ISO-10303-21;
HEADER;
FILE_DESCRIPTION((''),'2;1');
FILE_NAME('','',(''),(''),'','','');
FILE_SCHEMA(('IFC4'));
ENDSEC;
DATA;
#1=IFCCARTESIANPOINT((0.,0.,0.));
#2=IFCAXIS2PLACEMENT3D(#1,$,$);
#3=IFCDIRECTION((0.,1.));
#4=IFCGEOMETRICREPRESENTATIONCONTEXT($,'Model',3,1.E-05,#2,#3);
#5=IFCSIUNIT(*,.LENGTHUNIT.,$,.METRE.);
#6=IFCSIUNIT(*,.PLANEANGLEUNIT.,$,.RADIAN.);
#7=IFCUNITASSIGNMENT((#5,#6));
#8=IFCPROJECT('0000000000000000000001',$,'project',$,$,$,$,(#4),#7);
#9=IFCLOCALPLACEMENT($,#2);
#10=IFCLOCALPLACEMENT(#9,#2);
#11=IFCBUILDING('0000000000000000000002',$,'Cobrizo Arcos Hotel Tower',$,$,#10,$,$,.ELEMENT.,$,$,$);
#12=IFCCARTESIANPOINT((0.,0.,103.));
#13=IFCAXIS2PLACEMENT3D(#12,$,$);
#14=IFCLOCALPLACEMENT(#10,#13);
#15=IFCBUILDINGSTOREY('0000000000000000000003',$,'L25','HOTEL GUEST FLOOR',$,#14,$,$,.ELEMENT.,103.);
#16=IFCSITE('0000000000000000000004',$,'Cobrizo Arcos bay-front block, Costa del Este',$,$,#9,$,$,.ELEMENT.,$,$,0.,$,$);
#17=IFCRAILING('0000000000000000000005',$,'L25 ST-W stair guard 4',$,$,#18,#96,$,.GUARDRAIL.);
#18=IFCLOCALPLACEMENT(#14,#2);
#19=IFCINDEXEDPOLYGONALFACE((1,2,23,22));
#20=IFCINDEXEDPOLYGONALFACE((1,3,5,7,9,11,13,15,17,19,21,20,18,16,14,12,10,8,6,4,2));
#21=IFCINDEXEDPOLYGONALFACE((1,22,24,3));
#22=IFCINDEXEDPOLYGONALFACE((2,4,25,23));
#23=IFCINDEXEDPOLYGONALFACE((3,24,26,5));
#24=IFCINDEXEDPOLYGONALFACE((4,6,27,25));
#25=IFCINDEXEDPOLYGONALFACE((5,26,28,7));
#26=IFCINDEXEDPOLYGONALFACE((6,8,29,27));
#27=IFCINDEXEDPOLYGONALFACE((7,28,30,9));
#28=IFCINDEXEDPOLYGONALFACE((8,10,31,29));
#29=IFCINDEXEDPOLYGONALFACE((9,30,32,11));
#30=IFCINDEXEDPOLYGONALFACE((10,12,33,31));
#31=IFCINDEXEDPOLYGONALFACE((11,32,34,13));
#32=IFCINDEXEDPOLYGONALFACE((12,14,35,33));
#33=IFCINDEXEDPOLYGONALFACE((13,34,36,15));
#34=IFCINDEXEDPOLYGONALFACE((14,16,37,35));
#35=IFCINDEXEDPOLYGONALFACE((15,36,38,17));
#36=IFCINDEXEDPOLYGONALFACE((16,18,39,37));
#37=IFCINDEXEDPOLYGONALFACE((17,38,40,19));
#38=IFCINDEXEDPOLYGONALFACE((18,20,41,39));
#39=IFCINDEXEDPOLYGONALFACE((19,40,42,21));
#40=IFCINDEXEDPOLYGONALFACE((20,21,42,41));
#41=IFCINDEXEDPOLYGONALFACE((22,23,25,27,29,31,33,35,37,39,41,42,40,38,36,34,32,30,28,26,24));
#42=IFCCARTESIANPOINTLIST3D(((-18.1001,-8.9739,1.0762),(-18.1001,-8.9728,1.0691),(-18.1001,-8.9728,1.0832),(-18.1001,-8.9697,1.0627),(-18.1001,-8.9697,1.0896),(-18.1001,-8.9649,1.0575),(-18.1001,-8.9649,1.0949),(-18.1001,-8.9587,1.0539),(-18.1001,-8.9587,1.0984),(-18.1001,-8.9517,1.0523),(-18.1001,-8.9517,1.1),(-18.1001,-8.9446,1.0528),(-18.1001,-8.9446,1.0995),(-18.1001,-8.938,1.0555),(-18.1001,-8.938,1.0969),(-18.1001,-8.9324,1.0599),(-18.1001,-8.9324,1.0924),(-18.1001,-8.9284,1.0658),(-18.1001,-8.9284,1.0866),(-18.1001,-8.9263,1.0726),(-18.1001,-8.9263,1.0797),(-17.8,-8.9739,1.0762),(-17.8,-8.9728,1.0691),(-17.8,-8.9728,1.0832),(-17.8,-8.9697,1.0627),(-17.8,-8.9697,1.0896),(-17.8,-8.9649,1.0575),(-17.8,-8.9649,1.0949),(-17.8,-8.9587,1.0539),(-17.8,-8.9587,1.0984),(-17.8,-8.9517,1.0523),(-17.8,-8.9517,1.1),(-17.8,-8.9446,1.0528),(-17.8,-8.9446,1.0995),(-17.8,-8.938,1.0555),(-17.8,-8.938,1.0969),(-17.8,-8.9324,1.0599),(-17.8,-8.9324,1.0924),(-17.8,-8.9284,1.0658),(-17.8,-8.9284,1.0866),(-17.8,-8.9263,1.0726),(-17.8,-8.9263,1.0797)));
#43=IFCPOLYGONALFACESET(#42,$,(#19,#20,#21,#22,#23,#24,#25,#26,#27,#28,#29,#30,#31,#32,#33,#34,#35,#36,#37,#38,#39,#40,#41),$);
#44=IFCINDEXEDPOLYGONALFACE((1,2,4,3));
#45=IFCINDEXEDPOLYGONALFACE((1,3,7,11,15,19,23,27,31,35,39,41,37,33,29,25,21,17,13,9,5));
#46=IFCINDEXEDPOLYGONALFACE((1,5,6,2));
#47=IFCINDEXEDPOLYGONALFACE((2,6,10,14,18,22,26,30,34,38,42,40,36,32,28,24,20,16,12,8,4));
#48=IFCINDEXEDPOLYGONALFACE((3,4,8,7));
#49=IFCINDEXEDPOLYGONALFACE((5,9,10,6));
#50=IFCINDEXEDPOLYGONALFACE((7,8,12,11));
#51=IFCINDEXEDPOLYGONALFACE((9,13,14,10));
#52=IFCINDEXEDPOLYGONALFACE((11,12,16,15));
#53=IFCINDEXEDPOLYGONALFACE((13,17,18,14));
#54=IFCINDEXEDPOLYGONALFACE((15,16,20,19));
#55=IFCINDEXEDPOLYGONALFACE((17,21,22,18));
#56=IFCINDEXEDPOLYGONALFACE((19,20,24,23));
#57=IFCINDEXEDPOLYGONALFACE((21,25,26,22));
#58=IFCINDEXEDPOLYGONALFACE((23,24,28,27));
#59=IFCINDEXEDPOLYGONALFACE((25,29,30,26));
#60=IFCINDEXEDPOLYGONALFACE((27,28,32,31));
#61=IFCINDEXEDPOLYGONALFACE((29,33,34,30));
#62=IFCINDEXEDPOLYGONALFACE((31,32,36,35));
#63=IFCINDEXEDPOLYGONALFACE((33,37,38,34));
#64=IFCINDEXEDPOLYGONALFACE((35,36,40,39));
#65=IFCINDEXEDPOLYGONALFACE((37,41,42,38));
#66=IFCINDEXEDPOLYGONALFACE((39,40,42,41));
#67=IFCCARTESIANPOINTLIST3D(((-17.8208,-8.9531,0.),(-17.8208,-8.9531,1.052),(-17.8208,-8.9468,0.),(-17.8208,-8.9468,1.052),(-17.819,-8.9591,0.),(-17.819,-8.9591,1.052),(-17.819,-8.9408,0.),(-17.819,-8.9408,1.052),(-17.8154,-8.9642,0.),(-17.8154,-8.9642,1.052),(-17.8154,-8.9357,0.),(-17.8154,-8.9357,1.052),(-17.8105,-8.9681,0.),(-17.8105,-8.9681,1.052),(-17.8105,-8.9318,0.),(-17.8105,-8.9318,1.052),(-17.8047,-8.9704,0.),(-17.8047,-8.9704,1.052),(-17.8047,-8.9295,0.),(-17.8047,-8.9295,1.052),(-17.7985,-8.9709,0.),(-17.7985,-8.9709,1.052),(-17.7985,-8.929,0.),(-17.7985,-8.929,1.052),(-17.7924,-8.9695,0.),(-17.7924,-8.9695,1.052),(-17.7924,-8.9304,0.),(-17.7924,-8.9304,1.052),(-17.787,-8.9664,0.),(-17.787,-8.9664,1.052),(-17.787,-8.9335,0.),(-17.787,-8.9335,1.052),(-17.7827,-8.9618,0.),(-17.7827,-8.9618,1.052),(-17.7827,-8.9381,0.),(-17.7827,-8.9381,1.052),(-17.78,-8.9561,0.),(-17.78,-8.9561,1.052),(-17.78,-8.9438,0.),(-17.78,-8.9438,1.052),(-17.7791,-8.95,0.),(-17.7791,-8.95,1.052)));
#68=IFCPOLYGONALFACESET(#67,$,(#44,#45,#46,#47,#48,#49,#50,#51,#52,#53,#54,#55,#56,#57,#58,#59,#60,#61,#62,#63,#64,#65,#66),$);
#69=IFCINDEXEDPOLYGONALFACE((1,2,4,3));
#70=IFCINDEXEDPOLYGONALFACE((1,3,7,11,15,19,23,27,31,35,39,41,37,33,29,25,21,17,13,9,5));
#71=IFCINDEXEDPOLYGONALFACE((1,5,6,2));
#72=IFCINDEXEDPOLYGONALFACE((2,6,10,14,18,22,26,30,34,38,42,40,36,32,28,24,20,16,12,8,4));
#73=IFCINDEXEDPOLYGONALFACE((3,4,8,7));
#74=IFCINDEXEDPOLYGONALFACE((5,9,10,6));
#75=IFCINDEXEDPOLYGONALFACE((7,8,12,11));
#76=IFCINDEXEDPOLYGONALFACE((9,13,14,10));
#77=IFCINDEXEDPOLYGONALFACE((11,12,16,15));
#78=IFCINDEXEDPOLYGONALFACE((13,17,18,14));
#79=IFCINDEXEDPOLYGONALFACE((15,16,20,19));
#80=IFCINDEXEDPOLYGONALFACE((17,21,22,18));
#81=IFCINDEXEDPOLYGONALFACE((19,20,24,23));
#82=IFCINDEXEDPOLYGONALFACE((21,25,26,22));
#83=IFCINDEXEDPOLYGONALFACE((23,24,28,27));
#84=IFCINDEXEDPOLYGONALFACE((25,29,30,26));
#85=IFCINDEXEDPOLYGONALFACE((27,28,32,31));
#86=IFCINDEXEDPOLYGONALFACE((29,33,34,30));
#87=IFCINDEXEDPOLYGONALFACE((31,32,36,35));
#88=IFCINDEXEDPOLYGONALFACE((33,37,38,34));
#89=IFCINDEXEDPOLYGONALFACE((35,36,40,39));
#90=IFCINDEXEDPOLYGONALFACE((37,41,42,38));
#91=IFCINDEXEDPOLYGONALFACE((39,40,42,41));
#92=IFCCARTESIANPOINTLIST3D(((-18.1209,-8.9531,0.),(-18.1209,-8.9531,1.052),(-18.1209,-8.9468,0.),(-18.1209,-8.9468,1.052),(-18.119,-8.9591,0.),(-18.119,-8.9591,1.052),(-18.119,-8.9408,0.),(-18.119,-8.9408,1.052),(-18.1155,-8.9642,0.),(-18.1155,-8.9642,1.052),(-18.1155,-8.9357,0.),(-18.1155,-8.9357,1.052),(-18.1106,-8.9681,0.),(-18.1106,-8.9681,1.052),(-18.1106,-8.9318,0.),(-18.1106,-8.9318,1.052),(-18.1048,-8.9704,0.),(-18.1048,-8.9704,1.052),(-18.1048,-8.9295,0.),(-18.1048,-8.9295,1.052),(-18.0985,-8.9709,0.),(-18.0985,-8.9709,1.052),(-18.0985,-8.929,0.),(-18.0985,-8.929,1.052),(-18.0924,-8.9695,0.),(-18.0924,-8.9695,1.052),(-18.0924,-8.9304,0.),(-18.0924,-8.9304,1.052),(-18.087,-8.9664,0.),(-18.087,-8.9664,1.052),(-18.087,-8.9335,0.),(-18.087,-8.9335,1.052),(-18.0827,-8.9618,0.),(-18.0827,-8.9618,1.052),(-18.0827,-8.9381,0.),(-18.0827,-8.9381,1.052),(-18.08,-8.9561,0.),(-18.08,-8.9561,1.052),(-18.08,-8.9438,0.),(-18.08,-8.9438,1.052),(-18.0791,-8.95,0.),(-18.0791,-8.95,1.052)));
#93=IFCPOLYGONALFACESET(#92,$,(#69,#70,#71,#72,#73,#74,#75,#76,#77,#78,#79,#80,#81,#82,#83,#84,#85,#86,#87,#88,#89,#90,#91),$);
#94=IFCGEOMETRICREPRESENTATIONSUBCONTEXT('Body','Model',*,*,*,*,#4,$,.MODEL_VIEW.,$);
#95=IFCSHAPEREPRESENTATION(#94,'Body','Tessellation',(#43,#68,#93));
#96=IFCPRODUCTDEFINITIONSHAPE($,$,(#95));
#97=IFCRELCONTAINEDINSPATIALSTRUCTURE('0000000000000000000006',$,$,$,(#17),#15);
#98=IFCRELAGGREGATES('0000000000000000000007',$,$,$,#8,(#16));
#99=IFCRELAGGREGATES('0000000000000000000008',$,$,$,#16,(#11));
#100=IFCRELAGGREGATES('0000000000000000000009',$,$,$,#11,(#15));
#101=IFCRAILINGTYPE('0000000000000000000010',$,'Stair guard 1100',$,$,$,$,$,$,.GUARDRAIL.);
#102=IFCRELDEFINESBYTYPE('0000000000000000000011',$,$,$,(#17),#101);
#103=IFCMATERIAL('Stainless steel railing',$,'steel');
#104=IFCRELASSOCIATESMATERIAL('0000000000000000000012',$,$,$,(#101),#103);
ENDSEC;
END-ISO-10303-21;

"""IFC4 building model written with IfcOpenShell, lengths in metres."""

from ifc_helpers import new_model, si_unit, direction, frame, origin, origin_2d, place, context, subcontext, project, spatial, circle, extrude, material, type_object, element, save


model = new_model("IFC4")

# Units and contexts
model_context = context("Model", 3, precision=1e-05, world=origin(), true_north=direction((0.0, 1.0)))
body_context = subcontext(model_context, "Body", "Model", "MODEL_VIEW")
ifc_project = project(units=[si_unit("LENGTHUNIT", "METRE"), si_unit("PLANEANGLEUNIT", "RADIAN")], contexts=[model_context])

# Site, building, storey
site_placement = place(None, origin())
site = spatial("IfcSite", under=ifc_project, at=site_placement, Name="Cobrizo Arcos bay-front block, Costa del Este", CompositionType="ELEMENT", RefElevation=0.0)
building_placement = place(site_placement, origin())
building = spatial("IfcBuilding", under=site, at=building_placement, Name="Cobrizo Arcos Hotel Tower", CompositionType="ELEMENT")
storey_placement = place(building_placement, frame((0.0, 0.0, 103.0)))
storey = spatial("IfcBuildingStorey", under=building, at=storey_placement, Name="L25", Description="HOTEL GUEST FLOOR", CompositionType="ELEMENT", Elevation=103.0)

# Railing
ifc_material_1 = material(Name="Stainless steel railing", Category="steel")
railing_type_1 = type_object("IfcRailingType", Name="Stair guard 1100", PredefinedType="GUARDRAIL", material=ifc_material_1)
railing_1_placement = place(storey_placement, frame((-17.8, -8.95, 0.0)))
element("IfcRailing", 1, at=railing_1_placement, inside=storey, type_object=railing_type_1, Name="L25 ST-W stair guard 4", PredefinedType="GUARDRAIL", context=body_context, shape_type="SweptSolid", body=[
    extrude(circle(Radius=0.0239, at=origin_2d()), frame((0.0, 0.0, 1.0762), z_axis=(-1.0, 0.0, 0.0), x_axis=(0.0, -1.0, 0.0)), (0.0, 0.0, 1.0), 0.3),
    extrude(circle(Radius=0.021, at=origin_2d()), origin(), (0.0, 0.0, 1.0), 1.052),
    extrude(circle(Radius=0.021, at=origin_2d()), frame((-0.3, 0.0, 0.0)), (0.0, 0.0, 1.0), 1.052),
])

save(model, "model.ifc")
